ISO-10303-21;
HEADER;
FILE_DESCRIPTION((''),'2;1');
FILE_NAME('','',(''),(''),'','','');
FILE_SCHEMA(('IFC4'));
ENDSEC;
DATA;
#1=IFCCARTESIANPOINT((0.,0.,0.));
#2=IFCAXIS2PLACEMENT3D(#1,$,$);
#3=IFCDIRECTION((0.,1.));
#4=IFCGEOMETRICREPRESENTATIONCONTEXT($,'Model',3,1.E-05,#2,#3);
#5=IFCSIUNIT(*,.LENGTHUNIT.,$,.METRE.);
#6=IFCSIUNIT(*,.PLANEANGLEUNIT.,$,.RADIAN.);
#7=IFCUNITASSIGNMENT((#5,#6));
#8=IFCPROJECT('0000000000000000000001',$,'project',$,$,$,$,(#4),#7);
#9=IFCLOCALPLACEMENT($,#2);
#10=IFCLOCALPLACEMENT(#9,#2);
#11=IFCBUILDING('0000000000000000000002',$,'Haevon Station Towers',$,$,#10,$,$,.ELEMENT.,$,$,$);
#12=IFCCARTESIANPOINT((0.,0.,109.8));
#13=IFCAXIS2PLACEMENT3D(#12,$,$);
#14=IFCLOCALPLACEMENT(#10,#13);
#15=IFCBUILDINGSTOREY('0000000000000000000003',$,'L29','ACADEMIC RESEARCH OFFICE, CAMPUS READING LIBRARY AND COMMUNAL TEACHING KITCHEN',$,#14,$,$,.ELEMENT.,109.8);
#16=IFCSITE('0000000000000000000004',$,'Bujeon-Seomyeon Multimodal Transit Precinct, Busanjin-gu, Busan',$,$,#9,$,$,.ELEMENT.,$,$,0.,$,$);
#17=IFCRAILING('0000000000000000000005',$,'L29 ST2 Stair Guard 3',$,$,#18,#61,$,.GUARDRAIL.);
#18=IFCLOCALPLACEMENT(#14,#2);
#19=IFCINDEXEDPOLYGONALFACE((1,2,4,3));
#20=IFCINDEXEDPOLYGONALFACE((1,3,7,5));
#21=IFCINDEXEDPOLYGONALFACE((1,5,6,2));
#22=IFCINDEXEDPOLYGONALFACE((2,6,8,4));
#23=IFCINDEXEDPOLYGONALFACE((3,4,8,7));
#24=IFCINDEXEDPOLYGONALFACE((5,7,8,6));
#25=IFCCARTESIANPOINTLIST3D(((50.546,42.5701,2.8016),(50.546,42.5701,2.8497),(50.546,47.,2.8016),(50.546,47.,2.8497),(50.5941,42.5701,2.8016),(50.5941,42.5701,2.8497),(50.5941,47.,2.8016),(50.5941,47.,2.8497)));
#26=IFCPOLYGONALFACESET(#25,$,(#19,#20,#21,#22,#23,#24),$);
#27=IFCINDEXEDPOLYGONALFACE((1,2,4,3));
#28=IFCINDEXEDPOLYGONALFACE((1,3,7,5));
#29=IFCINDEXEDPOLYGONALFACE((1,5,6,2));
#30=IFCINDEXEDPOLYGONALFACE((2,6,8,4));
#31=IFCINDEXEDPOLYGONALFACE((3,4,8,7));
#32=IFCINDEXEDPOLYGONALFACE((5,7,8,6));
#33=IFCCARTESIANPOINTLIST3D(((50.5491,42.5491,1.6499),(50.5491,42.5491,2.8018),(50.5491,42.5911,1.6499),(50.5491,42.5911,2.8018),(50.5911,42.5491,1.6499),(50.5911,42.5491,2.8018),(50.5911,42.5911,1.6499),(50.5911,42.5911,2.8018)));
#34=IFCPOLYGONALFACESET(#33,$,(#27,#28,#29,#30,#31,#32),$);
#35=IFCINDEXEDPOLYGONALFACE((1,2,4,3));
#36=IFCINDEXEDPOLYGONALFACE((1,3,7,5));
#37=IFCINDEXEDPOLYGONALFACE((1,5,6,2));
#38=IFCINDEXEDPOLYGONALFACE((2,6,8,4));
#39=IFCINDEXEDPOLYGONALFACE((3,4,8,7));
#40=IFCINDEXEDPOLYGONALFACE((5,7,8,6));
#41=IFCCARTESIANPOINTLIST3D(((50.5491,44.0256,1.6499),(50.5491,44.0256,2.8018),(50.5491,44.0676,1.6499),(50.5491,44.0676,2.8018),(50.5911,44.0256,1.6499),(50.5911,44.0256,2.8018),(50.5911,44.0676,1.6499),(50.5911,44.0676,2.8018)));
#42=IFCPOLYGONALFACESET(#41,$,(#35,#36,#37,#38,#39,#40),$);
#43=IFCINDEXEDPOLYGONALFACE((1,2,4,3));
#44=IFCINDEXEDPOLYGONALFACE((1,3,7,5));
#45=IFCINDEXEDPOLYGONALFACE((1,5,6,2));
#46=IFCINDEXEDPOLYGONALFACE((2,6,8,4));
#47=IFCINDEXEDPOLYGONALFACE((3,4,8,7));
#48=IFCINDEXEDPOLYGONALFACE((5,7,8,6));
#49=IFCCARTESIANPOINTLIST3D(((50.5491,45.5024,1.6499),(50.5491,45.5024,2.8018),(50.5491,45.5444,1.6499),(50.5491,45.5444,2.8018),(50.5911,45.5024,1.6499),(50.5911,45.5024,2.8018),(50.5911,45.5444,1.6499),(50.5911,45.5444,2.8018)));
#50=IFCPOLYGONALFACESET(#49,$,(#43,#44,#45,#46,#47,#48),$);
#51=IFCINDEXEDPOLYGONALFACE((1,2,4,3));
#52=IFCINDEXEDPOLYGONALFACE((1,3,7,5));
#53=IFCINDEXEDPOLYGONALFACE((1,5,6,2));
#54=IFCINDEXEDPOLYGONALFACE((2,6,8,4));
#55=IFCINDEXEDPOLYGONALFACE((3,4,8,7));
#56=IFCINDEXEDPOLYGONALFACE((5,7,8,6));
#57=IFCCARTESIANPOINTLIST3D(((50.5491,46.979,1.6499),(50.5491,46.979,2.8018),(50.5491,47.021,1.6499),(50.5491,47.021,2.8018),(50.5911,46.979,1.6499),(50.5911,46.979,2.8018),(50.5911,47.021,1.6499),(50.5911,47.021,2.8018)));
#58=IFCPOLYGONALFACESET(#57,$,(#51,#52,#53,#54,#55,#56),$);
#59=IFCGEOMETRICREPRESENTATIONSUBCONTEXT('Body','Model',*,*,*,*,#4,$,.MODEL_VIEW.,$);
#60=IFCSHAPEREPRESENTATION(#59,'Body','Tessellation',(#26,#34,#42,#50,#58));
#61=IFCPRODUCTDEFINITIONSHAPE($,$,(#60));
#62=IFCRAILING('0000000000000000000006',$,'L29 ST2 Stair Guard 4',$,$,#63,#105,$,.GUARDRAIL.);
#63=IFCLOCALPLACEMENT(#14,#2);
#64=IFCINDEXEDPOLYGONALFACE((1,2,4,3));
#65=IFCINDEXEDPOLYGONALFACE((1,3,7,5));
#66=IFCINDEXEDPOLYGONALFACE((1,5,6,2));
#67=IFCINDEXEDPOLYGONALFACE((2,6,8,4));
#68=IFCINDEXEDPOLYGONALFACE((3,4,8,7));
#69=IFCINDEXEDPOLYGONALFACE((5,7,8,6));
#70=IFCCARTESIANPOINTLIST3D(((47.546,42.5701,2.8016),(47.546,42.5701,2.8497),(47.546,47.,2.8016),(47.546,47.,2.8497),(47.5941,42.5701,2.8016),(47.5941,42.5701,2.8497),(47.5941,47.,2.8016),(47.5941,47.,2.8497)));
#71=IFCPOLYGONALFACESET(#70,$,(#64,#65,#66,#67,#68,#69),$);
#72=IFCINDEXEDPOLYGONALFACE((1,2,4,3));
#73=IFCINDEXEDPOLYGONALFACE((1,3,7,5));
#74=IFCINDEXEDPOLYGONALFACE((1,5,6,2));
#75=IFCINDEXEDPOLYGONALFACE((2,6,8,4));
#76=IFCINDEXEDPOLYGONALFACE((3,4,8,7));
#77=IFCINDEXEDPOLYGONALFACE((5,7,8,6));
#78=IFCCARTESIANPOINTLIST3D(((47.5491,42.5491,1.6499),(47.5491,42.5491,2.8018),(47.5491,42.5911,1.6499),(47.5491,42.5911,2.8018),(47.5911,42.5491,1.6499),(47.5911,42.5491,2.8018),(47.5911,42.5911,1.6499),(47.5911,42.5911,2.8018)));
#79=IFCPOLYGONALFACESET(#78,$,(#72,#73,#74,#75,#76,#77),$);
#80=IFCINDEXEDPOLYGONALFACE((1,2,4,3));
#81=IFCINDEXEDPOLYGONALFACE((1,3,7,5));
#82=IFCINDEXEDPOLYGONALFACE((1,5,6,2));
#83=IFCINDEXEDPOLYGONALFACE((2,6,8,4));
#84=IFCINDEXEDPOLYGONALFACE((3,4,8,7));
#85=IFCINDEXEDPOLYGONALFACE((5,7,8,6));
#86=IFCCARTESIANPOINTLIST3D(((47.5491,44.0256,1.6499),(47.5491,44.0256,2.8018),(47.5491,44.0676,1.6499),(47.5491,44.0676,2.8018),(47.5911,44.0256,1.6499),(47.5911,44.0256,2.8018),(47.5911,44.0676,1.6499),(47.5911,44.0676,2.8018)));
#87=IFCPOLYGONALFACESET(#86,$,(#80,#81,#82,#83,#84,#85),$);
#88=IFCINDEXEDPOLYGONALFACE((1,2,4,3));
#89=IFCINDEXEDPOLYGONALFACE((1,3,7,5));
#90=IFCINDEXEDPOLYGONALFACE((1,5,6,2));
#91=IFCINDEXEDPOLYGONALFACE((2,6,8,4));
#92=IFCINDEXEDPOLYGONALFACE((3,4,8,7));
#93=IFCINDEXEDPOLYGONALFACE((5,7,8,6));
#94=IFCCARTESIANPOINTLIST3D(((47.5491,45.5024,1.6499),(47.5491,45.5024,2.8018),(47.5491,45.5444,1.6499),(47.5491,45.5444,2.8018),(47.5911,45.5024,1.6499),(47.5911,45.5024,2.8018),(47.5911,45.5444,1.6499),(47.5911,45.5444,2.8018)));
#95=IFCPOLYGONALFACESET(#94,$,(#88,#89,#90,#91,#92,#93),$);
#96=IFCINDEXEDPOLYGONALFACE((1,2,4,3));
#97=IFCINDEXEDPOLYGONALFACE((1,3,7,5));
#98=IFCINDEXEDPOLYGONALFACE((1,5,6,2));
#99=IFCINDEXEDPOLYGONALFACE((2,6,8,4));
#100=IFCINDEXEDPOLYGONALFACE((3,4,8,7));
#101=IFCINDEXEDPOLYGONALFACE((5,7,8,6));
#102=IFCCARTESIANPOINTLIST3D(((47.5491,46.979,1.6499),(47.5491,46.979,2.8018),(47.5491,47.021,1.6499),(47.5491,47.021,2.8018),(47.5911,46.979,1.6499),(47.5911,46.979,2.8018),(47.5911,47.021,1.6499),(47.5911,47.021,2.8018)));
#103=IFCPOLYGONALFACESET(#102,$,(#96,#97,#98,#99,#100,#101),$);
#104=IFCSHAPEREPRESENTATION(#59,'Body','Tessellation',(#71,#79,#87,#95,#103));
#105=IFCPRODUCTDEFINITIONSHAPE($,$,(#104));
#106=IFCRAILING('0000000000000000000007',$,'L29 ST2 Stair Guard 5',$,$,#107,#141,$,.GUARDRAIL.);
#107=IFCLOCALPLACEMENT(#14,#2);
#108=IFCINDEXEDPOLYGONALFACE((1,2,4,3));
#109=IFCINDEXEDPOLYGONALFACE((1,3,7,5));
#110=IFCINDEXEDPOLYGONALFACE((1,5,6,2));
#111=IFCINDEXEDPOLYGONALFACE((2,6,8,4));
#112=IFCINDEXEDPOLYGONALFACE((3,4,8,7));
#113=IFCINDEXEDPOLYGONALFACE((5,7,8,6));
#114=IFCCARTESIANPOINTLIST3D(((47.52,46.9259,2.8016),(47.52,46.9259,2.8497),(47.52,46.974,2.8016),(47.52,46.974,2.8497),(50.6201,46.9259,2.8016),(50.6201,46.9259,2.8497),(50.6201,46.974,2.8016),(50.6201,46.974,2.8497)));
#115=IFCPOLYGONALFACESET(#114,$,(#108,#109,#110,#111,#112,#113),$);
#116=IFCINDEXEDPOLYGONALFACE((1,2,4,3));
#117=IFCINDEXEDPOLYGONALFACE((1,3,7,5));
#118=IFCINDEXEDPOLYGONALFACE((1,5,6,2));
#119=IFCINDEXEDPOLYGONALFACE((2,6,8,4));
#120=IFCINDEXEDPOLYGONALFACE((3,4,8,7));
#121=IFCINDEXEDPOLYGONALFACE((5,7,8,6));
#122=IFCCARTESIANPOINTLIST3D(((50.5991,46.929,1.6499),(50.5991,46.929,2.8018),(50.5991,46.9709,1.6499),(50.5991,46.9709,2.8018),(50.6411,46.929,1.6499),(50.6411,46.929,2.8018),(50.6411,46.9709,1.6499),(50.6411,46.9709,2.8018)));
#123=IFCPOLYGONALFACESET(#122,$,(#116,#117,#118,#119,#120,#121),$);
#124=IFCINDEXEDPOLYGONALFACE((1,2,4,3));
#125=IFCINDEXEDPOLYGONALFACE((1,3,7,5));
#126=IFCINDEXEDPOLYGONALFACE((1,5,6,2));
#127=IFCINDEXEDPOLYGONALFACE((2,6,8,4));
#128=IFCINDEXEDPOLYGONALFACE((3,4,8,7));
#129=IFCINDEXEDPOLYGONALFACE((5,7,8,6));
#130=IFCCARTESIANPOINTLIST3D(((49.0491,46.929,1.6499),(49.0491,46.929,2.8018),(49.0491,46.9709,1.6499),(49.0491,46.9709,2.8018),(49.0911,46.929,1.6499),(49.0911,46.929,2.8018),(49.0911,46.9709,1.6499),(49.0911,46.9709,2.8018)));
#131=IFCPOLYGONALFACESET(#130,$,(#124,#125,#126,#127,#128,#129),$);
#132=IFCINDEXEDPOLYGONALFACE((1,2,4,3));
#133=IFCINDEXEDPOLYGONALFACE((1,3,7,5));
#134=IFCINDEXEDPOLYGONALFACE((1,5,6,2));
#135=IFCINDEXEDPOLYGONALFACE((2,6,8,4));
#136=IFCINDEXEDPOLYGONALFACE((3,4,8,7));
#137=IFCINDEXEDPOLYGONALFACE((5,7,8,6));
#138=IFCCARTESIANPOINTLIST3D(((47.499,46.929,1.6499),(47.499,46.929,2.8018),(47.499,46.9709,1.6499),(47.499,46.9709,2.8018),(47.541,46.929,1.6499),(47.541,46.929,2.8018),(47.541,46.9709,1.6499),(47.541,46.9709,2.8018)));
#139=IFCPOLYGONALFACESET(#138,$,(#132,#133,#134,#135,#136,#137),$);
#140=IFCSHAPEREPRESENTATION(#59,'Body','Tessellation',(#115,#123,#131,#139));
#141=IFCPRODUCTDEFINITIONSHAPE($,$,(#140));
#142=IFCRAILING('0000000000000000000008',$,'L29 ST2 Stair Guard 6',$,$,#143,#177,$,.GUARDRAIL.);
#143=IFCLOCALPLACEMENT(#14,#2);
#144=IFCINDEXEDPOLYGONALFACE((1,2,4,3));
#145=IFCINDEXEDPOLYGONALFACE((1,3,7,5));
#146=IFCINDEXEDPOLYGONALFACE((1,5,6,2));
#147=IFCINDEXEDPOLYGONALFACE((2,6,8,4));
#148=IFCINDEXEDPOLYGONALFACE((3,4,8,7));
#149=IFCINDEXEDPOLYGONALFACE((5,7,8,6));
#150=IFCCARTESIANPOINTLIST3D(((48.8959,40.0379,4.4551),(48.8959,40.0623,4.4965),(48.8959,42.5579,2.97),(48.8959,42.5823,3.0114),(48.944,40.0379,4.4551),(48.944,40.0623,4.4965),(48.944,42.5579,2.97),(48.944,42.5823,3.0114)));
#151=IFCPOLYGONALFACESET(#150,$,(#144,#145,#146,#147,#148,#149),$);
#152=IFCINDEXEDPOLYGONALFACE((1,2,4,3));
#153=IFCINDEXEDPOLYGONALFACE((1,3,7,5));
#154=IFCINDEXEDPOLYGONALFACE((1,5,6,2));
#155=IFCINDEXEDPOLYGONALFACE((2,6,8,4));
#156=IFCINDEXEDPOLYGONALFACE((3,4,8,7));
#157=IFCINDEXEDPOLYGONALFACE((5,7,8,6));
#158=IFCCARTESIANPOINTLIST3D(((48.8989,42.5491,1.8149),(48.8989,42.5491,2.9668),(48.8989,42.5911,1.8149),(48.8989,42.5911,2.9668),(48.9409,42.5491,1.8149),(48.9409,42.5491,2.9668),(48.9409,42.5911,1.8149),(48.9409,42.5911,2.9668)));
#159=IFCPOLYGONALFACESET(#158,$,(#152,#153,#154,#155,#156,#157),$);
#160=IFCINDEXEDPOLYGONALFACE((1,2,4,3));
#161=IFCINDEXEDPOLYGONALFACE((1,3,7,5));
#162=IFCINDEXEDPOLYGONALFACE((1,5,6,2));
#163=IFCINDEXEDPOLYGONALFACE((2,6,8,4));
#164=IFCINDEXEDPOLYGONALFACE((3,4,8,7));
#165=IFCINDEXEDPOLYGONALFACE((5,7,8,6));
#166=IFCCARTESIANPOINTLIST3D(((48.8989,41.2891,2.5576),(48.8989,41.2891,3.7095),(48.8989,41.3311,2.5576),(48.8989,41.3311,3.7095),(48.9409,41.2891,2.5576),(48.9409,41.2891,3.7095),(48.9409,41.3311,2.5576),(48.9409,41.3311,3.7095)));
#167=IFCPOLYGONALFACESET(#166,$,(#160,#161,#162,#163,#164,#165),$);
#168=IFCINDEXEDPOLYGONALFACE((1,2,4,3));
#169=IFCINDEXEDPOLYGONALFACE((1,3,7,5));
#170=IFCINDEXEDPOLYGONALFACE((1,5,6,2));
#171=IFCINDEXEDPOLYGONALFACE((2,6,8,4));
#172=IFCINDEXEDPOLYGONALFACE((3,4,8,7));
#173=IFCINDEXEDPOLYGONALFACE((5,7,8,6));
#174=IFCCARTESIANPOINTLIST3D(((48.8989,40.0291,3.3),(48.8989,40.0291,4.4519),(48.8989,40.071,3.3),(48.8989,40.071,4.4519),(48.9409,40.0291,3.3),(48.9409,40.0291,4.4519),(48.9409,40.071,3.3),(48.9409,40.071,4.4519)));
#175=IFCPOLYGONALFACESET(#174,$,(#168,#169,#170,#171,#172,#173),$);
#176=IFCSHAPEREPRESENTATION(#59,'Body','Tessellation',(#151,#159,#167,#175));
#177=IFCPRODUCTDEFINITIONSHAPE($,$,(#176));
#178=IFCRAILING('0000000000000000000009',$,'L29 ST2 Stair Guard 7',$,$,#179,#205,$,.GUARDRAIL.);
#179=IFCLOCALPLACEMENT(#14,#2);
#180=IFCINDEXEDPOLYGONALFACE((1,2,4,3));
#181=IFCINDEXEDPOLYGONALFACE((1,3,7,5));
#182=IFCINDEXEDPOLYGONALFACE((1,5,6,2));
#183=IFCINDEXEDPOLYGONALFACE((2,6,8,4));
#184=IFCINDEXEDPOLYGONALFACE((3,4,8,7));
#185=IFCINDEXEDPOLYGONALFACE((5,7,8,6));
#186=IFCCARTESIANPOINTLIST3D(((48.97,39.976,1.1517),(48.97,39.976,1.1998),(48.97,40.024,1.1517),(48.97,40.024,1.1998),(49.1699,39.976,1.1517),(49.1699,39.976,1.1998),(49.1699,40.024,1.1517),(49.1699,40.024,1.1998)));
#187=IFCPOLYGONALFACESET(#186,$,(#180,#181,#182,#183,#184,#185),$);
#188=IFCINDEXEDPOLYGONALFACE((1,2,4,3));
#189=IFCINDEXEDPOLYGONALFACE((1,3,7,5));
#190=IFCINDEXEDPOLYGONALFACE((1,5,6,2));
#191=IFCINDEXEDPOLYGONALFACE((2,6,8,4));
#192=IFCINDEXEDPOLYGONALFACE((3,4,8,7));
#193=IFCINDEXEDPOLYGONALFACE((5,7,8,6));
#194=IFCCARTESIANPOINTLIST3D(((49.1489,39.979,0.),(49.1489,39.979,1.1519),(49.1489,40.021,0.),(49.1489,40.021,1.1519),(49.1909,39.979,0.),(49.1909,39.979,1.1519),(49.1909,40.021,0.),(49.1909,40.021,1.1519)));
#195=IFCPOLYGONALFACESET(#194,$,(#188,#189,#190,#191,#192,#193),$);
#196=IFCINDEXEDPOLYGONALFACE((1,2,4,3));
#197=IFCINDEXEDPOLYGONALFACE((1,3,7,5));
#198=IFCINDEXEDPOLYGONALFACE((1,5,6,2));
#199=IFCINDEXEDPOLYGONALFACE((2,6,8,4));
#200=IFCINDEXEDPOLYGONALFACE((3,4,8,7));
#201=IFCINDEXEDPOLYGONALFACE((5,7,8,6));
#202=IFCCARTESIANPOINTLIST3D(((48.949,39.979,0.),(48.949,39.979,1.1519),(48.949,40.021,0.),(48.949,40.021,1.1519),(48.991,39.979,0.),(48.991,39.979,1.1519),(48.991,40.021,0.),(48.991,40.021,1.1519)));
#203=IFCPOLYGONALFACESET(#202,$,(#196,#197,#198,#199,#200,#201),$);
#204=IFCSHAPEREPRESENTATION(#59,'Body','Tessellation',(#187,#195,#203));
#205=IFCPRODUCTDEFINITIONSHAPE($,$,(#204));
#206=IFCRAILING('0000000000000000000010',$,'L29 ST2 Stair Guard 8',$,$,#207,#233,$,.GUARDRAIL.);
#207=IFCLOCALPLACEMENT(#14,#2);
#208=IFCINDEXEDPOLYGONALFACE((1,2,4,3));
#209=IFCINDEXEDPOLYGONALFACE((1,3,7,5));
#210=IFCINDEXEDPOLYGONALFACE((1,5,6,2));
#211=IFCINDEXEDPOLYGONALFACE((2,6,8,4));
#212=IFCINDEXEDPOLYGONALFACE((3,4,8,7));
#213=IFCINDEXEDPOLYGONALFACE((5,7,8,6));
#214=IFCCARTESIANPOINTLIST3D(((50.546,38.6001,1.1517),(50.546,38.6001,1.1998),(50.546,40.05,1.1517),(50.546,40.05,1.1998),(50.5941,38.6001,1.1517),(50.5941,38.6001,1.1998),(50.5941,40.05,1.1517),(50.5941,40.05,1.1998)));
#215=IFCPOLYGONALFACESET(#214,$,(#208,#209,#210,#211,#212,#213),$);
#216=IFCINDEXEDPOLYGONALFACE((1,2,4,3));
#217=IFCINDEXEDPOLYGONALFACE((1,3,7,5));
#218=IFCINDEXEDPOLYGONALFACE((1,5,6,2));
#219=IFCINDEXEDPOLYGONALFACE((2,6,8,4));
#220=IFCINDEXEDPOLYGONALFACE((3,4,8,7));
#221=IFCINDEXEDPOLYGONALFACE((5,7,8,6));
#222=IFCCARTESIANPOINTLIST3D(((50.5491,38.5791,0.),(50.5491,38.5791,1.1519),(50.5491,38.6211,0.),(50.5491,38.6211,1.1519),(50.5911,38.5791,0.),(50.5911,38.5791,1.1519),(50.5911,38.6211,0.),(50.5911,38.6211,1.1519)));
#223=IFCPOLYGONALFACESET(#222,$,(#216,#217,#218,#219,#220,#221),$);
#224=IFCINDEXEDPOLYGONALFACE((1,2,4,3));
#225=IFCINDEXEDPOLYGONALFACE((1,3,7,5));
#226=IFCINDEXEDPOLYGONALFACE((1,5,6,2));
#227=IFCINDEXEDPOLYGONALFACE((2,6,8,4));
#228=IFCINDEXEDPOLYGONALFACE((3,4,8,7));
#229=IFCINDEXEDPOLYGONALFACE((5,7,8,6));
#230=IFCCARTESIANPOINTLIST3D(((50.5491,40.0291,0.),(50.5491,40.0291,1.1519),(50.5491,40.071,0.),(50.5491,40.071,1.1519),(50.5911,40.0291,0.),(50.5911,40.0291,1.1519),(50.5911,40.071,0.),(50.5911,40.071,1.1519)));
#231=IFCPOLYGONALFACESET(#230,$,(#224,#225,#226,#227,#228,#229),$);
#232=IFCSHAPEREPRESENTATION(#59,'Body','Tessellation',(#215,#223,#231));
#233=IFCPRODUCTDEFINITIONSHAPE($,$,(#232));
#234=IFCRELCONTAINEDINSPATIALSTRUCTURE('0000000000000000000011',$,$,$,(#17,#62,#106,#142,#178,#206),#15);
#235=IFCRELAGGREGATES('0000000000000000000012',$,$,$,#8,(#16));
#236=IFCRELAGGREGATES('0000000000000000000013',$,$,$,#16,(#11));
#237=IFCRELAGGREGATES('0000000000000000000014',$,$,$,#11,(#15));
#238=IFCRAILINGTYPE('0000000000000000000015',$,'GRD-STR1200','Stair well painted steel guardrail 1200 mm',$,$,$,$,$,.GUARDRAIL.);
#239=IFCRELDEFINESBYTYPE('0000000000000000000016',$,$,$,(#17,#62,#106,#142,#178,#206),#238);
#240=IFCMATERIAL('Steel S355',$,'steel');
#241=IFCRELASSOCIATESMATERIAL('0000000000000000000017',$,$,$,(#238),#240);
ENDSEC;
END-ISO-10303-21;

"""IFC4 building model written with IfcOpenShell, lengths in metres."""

from ifc_helpers import new_model, si_unit, direction, frame, origin, origin_2d, place, context, subcontext, project, spatial, rectangle, extrude, material, type_object, element, save


model = new_model("IFC4")

# Units and contexts
model_context = context("Model", 3, precision=1e-05, world=origin(), true_north=direction((0.0, 1.0)))
body_context = subcontext(model_context, "Body", "Model", "MODEL_VIEW")
ifc_project = project(units=[si_unit("LENGTHUNIT", "METRE"), si_unit("PLANEANGLEUNIT", "RADIAN")], contexts=[model_context])

# Site, building, storey
site_placement = place(None, origin())
site = spatial("IfcSite", under=ifc_project, at=site_placement, Name="Bujeon-Seomyeon Multimodal Transit Precinct, Busanjin-gu, Busan", CompositionType="ELEMENT", RefElevation=0.0)
building_placement = place(site_placement, origin())
building = spatial("IfcBuilding", under=site, at=building_placement, Name="Haevon Station Towers", CompositionType="ELEMENT")
storey_placement = place(building_placement, frame((0.0, 0.0, 109.8)))
storey = spatial("IfcBuildingStorey", under=building, at=storey_placement, Name="L29", Description="ACADEMIC RESEARCH OFFICE, CAMPUS READING LIBRARY AND COMMUNAL TEACHING KITCHEN", CompositionType="ELEMENT", Elevation=109.8)

# Shared definitions
ifc_material_1 = material(Name="Steel S355", Category="steel")

# Railings
railing_type_1 = type_object("IfcRailingType", Name="GRD-STR1200", Description="Stair well painted steel guardrail 1200 mm", PredefinedType="GUARDRAIL", material=ifc_material_1)
for number, where, name in (
    (1, (50.5701, 42.5701, 1.6499), "L29 ST2 Stair Guard 3"),
    (2, (47.5701, 42.5701, 1.6499), "L29 ST2 Stair Guard 4"),
):
    element("IfcRailing", number, at=place(storey_placement, frame(where)), inside=storey, type_object=railing_type_1, Name=name, PredefinedType="GUARDRAIL", context=body_context, shape_type="SweptSolid", body=[
        extrude(rectangle(XDim=0.0481, YDim=0.0481, at=origin_2d()), frame((0.0, 0.0, 1.1758), z_axis=(0.0, 1.0, 0.0), x_axis=(-1.0, 0.0, 0.0)), (0.0, 0.0, 1.0), 4.4299),
        extrude(rectangle(XDim=0.042, YDim=0.042, at=origin_2d()), origin(), (0.0, 0.0, 1.0), 1.1519),
        extrude(rectangle(XDim=0.042, YDim=0.042, at=origin_2d()), frame((0.0, 1.4766, 0.0)), (0.0, 0.0, 1.0), 1.1519),
        extrude(rectangle(XDim=0.042, YDim=0.042, at=origin_2d()), frame((0.0, 2.9534, 0.0)), (0.0, 0.0, 1.0), 1.1519),
        extrude(rectangle(XDim=0.042, YDim=0.042, at=origin_2d()), frame((0.0, 4.4299, 0.0)), (0.0, 0.0, 1.0), 1.1519),
    ])
railing_1_placement = place(storey_placement, frame((50.6201, 46.95, 1.6499)))
element("IfcRailing", 3, at=railing_1_placement, inside=storey, type_object=railing_type_1, Name="L29 ST2 Stair Guard 5", PredefinedType="GUARDRAIL", context=body_context, shape_type="SweptSolid", body=[
    extrude(rectangle(XDim=0.0481, YDim=0.0481, at=origin_2d()), frame((0.0, 0.0, 1.1758), z_axis=(-1.0, 0.0, 0.0), x_axis=(0.0, -1.0, 0.0)), (0.0, 0.0, 1.0), 3.1001),
    extrude(rectangle(XDim=0.042, YDim=0.042, at=origin_2d()), origin(), (0.0, 0.0, 1.0), 1.1519),
    extrude(rectangle(XDim=0.042, YDim=0.042, at=origin_2d()), frame((-1.55, 0.0, 0.0)), (0.0, 0.0, 1.0), 1.1519),
    extrude(rectangle(XDim=0.042, YDim=0.042, at=origin_2d()), frame((-3.1001, 0.0, 0.0)), (0.0, 0.0, 1.0), 1.1519),
])
railing_2_placement = place(storey_placement, frame((48.9199, 42.5701, 1.8149)))
element("IfcRailing", 4, at=railing_2_placement, inside=storey, type_object=railing_type_1, Name="L29 ST2 Stair Guard 6", PredefinedType="GUARDRAIL", context=body_context, shape_type="SweptSolid", body=[
    extrude(rectangle(XDim=0.0481, YDim=0.0481, at=origin_2d()), frame((0.0, 0.0, 1.1758), z_axis=(0.0, -0.861524, 0.507717), x_axis=(1.0, 0.0, 0.0)), (0.0, 0.0, 1.0), 2.925),
    extrude(rectangle(XDim=0.042, YDim=0.042, at=origin_2d()), origin(), (0.0, 0.0, 1.0), 1.1519),
    extrude(rectangle(XDim=0.042, YDim=0.042, at=origin_2d()), frame((0.0, -1.26, 0.7427)), (0.0, 0.0, 1.0), 1.1519),
    extrude(rectangle(XDim=0.042, YDim=0.042, at=origin_2d()), frame((0.0, -2.52, 1.4851)), (0.0, 0.0, 1.0), 1.1519),
])
railing_3_placement = place(storey_placement, frame((49.1699, 40.0, 0.0)))
element("IfcRailing", 5, at=railing_3_placement, inside=storey, type_object=railing_type_1, Name="L29 ST2 Stair Guard 7", PredefinedType="GUARDRAIL", context=body_context, shape_type="SweptSolid", body=[
    extrude(rectangle(XDim=0.0481, YDim=0.0481, at=origin_2d()), frame((0.0, 0.0, 1.1758), z_axis=(-1.0, 0.0, 0.0), x_axis=(0.0, -1.0, 0.0)), (0.0, 0.0, 1.0), 0.2),
    extrude(rectangle(XDim=0.042, YDim=0.042, at=origin_2d()), origin(), (0.0, 0.0, 1.0), 1.1519),
    extrude(rectangle(XDim=0.042, YDim=0.042, at=origin_2d()), frame((-0.2, 0.0, 0.0)), (0.0, 0.0, 1.0), 1.1519),
])
for number, where, name in (
    (6, (50.5701, 38.6001, 0.0), "L29 ST2 Stair Guard 8"),
):
    element("IfcRailing", number, at=place(storey_placement, frame(where)), inside=storey, type_object=railing_type_1, Name=name, PredefinedType="GUARDRAIL", context=body_context, shape_type="SweptSolid", body=[
        extrude(rectangle(XDim=0.0481, YDim=0.0481, at=origin_2d()), frame((0.0, 0.0, 1.1758), z_axis=(0.0, 1.0, 0.0), x_axis=(-1.0, 0.0, 0.0)), (0.0, 0.0, 1.0), 1.45),
        extrude(rectangle(XDim=0.042, YDim=0.042, at=origin_2d()), origin(), (0.0, 0.0, 1.0), 1.1519),
        extrude(rectangle(XDim=0.042, YDim=0.042, at=origin_2d()), frame((0.0, 1.45, 0.0)), (0.0, 0.0, 1.0), 1.1519),
    ])

save(model, "model.ifc")
